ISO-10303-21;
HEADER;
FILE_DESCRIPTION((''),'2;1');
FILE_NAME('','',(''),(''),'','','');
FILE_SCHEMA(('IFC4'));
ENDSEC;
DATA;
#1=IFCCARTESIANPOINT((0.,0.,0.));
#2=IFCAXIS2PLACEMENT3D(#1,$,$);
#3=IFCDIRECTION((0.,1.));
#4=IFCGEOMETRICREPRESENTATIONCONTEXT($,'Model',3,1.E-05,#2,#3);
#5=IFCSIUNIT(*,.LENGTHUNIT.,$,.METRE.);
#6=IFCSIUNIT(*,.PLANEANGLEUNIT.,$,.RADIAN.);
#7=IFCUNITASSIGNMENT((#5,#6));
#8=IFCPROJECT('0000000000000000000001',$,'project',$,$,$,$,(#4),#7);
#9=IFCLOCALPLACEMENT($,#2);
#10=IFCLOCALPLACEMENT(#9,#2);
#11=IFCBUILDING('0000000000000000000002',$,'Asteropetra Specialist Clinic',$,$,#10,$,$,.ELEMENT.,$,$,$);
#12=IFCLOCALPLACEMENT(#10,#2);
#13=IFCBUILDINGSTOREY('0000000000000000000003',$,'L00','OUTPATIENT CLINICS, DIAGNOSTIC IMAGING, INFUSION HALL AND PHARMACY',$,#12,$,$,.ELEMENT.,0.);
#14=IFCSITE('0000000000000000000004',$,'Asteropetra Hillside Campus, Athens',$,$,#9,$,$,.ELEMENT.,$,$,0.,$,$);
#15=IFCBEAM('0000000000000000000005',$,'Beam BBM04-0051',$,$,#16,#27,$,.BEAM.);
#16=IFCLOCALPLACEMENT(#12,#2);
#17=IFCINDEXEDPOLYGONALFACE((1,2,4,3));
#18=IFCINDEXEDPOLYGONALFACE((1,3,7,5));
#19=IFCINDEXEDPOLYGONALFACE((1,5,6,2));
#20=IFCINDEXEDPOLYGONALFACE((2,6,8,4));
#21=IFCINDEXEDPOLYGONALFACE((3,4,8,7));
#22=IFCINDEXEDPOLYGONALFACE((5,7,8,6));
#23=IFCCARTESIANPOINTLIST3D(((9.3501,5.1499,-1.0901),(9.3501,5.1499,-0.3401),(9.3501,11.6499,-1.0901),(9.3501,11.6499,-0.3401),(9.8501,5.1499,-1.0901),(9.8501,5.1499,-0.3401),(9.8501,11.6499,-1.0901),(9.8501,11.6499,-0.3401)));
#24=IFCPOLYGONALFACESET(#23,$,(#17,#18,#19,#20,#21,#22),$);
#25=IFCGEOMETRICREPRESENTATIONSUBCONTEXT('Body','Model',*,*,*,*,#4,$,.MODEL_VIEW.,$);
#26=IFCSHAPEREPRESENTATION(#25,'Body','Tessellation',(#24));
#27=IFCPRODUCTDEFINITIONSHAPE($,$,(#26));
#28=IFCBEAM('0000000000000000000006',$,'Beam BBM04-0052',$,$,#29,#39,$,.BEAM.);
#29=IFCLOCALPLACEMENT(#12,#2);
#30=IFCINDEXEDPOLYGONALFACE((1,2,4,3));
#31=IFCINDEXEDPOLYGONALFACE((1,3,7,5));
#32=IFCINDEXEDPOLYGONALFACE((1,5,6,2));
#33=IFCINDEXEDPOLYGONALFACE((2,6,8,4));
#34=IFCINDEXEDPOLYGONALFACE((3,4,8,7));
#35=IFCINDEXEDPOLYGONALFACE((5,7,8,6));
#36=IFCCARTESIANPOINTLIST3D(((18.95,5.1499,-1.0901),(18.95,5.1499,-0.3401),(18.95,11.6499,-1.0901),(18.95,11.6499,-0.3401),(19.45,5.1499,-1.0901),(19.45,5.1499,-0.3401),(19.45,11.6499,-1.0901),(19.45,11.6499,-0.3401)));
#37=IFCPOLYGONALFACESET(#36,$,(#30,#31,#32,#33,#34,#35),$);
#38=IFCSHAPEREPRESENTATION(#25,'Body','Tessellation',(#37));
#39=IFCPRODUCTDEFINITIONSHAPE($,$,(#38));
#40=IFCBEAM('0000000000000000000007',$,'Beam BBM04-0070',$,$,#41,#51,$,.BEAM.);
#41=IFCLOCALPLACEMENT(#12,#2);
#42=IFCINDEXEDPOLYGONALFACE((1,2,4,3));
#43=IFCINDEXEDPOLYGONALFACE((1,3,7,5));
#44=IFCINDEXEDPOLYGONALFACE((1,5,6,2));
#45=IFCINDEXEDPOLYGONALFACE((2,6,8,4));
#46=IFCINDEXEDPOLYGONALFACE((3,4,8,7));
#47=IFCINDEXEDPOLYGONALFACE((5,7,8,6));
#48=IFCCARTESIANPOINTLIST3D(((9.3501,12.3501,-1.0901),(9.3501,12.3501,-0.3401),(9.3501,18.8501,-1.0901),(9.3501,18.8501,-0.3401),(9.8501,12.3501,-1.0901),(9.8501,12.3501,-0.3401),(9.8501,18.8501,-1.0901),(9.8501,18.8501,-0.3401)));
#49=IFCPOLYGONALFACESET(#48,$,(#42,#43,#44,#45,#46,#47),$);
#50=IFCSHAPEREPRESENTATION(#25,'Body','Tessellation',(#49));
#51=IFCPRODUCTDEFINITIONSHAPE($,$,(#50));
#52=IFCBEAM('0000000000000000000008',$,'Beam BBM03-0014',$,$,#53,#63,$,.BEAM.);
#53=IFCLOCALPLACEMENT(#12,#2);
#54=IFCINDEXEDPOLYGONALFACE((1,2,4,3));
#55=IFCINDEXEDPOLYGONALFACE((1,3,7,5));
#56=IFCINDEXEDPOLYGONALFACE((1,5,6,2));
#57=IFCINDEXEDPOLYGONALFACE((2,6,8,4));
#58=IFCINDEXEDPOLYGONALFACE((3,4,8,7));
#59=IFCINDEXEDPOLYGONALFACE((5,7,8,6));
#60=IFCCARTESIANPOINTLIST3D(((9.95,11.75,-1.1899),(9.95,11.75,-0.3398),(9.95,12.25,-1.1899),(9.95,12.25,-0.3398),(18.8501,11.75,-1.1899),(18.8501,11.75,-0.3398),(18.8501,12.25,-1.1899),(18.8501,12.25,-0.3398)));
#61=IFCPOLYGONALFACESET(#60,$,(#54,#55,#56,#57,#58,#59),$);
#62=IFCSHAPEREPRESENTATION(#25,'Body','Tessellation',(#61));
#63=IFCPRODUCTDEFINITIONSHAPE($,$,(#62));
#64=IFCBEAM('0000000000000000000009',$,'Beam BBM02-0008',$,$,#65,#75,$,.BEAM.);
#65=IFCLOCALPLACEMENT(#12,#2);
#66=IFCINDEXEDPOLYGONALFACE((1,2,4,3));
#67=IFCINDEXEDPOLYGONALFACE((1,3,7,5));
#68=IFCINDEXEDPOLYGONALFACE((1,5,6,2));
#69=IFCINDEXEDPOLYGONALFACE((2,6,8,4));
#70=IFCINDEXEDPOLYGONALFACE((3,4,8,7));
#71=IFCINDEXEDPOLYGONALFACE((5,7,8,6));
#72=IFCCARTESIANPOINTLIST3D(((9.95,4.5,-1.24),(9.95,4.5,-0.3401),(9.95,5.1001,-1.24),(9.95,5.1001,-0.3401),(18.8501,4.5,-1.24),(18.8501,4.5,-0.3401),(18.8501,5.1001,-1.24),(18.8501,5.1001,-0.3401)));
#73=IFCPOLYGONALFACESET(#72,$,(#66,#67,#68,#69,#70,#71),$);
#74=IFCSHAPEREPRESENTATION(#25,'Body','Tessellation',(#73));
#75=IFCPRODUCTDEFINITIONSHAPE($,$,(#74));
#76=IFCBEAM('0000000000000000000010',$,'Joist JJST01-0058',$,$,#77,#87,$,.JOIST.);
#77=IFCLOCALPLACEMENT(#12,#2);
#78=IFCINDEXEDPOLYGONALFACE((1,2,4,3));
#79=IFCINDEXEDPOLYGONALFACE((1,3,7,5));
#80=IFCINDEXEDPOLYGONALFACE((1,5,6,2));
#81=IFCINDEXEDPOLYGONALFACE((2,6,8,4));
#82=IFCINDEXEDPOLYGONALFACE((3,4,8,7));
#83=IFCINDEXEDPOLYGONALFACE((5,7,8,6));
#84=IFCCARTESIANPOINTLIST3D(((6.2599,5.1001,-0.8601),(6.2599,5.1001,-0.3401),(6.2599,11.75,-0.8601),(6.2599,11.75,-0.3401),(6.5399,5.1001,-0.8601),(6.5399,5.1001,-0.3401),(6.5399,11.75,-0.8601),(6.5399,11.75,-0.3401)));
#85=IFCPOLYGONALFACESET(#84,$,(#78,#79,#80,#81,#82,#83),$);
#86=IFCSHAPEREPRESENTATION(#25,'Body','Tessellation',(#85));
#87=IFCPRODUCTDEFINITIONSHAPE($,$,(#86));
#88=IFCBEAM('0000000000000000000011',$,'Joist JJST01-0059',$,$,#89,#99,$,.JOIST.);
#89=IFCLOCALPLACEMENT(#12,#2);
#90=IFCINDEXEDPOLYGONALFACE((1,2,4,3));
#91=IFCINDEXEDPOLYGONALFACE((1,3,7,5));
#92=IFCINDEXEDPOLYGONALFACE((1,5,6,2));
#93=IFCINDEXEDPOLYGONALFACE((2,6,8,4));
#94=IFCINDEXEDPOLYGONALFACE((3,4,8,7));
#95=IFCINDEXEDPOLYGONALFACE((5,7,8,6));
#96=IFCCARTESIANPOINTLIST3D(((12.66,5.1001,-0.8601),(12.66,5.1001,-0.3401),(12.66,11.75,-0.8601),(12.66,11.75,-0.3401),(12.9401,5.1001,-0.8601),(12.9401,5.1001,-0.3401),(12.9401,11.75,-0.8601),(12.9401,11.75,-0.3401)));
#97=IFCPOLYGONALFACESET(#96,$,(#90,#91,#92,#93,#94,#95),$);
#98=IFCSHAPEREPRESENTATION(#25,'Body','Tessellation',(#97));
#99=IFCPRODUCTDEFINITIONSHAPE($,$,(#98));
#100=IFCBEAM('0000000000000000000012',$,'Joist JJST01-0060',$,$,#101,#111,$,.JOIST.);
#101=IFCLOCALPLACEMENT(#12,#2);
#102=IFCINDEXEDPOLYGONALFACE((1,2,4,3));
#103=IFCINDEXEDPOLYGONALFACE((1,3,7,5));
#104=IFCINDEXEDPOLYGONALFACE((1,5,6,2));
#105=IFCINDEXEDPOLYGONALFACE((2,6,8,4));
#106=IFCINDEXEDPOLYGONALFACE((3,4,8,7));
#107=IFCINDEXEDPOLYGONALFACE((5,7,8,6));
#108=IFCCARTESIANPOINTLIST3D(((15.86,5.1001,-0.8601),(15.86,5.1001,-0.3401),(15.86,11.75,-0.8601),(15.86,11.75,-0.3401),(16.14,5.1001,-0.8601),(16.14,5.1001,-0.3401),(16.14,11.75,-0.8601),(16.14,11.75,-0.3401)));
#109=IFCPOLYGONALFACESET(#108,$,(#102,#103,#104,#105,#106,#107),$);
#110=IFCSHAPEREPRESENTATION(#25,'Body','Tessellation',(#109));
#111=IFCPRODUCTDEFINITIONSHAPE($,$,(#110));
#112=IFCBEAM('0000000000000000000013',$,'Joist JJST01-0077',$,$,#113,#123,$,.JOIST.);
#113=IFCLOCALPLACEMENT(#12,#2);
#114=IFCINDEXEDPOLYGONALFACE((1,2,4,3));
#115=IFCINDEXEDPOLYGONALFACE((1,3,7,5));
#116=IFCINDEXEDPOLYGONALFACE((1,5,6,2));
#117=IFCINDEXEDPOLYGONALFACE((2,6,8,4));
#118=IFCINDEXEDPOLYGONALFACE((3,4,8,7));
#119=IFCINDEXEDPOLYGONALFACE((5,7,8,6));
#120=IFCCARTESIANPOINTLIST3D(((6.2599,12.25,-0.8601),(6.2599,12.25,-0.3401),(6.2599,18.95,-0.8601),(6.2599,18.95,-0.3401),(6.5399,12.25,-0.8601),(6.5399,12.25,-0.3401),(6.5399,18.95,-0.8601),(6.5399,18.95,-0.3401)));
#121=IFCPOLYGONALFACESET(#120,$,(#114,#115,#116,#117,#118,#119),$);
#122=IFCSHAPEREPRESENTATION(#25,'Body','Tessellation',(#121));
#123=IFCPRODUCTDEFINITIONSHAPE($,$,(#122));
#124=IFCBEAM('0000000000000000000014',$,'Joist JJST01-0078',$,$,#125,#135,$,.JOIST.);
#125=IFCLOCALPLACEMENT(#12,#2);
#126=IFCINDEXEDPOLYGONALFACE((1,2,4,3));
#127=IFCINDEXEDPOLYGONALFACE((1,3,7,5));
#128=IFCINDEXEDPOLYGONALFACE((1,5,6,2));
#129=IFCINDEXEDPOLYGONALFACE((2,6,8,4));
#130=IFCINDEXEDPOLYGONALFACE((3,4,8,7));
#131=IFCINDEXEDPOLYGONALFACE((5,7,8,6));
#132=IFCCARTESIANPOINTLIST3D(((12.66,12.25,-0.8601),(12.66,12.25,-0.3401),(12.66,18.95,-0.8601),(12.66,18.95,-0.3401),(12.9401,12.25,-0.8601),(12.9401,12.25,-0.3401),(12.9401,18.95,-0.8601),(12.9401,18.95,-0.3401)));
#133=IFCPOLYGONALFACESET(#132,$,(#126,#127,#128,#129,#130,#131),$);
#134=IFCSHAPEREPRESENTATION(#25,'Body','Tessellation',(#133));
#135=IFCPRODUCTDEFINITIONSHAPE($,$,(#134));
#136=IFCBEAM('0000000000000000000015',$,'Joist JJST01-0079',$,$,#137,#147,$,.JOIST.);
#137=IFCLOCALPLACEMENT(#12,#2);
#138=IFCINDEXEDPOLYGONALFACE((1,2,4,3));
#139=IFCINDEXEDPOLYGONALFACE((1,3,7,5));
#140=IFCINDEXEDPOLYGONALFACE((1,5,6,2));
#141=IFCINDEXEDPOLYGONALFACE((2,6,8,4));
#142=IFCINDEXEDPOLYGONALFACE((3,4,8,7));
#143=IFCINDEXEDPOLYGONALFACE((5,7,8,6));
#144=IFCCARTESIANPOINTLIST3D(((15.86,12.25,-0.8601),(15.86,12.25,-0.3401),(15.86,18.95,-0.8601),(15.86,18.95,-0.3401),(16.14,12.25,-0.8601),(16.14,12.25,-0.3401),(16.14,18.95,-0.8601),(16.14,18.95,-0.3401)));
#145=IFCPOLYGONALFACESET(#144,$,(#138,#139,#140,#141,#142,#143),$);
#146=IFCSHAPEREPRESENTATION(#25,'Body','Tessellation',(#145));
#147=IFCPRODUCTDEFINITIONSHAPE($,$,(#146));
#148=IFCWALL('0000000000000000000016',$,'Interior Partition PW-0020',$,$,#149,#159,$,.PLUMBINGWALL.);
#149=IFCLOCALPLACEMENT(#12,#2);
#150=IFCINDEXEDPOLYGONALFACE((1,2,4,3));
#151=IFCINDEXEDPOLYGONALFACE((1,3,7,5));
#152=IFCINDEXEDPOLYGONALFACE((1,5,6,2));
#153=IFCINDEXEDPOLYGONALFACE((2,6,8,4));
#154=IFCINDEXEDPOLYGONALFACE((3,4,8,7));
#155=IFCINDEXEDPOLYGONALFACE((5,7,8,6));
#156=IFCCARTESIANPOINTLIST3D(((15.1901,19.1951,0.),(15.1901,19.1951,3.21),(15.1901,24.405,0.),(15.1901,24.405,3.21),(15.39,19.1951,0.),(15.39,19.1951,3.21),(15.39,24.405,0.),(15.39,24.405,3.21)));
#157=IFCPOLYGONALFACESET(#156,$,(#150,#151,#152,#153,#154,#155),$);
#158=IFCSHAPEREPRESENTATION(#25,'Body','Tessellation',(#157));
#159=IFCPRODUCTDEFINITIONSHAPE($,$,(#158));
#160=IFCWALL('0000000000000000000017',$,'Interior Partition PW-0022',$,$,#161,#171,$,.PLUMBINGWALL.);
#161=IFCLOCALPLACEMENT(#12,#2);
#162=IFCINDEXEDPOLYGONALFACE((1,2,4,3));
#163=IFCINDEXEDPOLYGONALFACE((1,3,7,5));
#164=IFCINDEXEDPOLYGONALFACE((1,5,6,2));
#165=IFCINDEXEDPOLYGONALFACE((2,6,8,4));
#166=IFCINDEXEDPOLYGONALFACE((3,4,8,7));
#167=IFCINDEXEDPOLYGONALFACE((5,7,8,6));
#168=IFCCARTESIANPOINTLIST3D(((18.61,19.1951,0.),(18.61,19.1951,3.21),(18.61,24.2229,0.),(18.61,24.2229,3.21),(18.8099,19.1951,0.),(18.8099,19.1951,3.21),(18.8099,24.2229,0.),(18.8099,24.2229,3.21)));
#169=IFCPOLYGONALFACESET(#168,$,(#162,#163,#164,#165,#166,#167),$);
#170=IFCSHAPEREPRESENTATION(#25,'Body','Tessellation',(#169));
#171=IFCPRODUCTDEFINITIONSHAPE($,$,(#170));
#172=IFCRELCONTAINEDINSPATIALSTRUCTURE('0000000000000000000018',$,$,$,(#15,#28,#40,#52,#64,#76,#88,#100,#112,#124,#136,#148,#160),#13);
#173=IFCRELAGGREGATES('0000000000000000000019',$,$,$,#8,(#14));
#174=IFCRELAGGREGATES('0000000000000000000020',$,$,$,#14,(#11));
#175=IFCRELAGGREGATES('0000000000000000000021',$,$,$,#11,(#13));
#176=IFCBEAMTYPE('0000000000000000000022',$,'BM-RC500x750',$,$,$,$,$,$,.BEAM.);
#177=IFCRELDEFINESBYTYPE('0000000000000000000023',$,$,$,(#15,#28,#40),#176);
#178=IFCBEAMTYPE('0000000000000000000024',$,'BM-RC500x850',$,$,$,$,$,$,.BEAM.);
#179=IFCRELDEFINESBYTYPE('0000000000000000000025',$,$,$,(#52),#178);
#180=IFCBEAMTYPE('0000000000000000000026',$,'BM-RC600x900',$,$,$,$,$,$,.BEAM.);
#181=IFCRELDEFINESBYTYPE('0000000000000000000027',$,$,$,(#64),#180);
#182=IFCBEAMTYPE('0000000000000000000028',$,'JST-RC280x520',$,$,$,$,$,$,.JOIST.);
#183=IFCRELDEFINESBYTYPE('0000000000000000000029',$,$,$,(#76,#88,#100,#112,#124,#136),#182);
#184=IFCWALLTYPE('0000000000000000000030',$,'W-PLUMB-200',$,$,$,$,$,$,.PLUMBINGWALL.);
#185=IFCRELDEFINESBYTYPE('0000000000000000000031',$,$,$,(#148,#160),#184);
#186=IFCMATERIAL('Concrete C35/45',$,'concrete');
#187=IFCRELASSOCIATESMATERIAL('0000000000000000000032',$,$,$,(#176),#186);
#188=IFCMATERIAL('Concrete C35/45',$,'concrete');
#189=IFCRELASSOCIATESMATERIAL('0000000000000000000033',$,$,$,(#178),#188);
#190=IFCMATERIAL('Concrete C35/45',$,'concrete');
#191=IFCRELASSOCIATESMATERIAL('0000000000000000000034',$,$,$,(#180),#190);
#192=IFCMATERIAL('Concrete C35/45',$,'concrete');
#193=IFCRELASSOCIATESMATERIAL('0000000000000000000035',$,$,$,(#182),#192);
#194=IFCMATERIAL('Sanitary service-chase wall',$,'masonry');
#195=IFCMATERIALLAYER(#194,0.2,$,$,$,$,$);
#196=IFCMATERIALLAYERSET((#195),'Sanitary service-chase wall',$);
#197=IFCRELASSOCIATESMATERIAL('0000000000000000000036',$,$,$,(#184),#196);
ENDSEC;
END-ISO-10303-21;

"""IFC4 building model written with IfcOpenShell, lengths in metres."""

from ifc_helpers import new_model, si_unit, direction, frame, frame_2d, origin, origin_2d, place, context, subcontext, project, spatial, rectangle, extrude, material, layer, layer_set, material_profile, profile_set, type_object, element, save


model = new_model("IFC4")

# Units and contexts
model_context = context("Model", 3, precision=1e-05, world=origin(), true_north=direction((0.0, 1.0)))
body_context = subcontext(model_context, "Body", "Model", "MODEL_VIEW")
ifc_project = project(units=[si_unit("LENGTHUNIT", "METRE"), si_unit("PLANEANGLEUNIT", "RADIAN")], contexts=[model_context])

# Site, building, storey
site_placement = place(None, origin())
site = spatial("IfcSite", under=ifc_project, at=site_placement, Name="Asteropetra Hillside Campus, Athens", CompositionType="ELEMENT", RefElevation=0.0)
building_placement = place(site_placement, origin())
building = spatial("IfcBuilding", under=site, at=building_placement, Name="Asteropetra Specialist Clinic", CompositionType="ELEMENT")
storey_placement = place(building_placement, origin())
storey = spatial("IfcBuildingStorey", under=building, at=storey_placement, Name="L00", Description="OUTPATIENT CLINICS, DIAGNOSTIC IMAGING, INFUSION HALL AND PHARMACY", CompositionType="ELEMENT", Elevation=0.0)

# Beams
ifc_material_1 = material(Name="Concrete C35/45", Category="concrete")
ifc_material_profile_1 = material_profile(ifc_material_1, rectangle(XDim=0.5, YDim=0.75, at=origin_2d()), Name="RCB 500x750")
ifc_profile_set_1 = profile_set([ifc_material_profile_1], Name="Concrete C35/45")
beam_type_1 = type_object("IfcBeamType", Name="BM-RC500x750", PredefinedType="BEAM", material=ifc_profile_set_1)
for number, where, z_axis, x_axis, name in (
    (1, (9.6001, 5.1499, -0.7151), (0.0, 1.0, 0.0), (-1.0, 0.0, 0.0), "Beam BBM04-0051"),
    (2, (19.2, 5.1499, -0.7151), (0.0, 1.0, 0.0), (-1.0, 0.0, 0.0), "Beam BBM04-0052"),
    (3, (9.6001, 12.3501, -0.7151), (0.0, 1.0, 0.0), (-1.0, 0.0, 0.0), "Beam BBM04-0070"),
):
    element("IfcBeam", number, at=place(storey_placement, frame(where, z_axis=z_axis, x_axis=x_axis)), inside=storey, type_object=beam_type_1, Name=name, PredefinedType="BEAM", context=body_context, shape_type="SweptSolid", body=[
        extrude(rectangle(XDim=0.5, YDim=0.75, at=origin_2d()), origin(), (0.0, 0.0, 1.0), 6.5),
    ])
ifc_material_2 = material(Name="Concrete C35/45", Category="concrete")
ifc_material_profile_2 = material_profile(ifc_material_2, rectangle(XDim=0.5, YDim=0.8501, at=origin_2d()), Name="RCB 500x850")
ifc_profile_set_2 = profile_set([ifc_material_profile_2], Name="Concrete C35/45")
beam_type_2 = type_object("IfcBeamType", Name="BM-RC500x850", PredefinedType="BEAM", material=ifc_profile_set_2)
beam_1_placement = place(storey_placement, frame((9.95, 12.0, -0.7649), z_axis=(1.0, 0.0, 0.0), x_axis=(0.0, 1.0, 0.0)))
element("IfcBeam", 4, at=beam_1_placement, inside=storey, type_object=beam_type_2, Name="Beam BBM03-0014", PredefinedType="BEAM", context=body_context, shape_type="SweptSolid", body=[
    extrude(rectangle(XDim=0.5, YDim=0.8501, at=origin_2d()), origin(), (0.0, 0.0, 1.0), 8.9001),
])
ifc_material_3 = material(Name="Concrete C35/45", Category="concrete")
ifc_material_profile_3 = material_profile(ifc_material_3, rectangle(XDim=0.6001, YDim=0.8999, at=origin_2d()), Name="RCB 600x900")
ifc_profile_set_3 = profile_set([ifc_material_profile_3], Name="Concrete C35/45")
beam_type_3 = type_object("IfcBeamType", Name="BM-RC600x900", PredefinedType="BEAM", material=ifc_profile_set_3)
beam_2_placement = place(storey_placement, frame((9.95, 4.8, -0.79), z_axis=(1.0, 0.0, 0.0), x_axis=(0.0, 1.0, 0.0)))
element("IfcBeam", 5, at=beam_2_placement, inside=storey, type_object=beam_type_3, Name="Beam BBM02-0008", PredefinedType="BEAM", context=body_context, shape_type="SweptSolid", body=[
    extrude(rectangle(XDim=0.6001, YDim=0.8999, at=origin_2d()), origin(), (0.0, 0.0, 1.0), 8.9001),
])
ifc_material_4 = material(Name="Concrete C35/45", Category="concrete")
ifc_material_profile_4 = material_profile(ifc_material_4, rectangle(XDim=0.28, YDim=0.52, at=origin_2d()), Name="RCJ 280x520")
ifc_profile_set_4 = profile_set([ifc_material_profile_4], Name="Concrete C35/45")
beam_type_4 = type_object("IfcBeamType", Name="JST-RC280x520", PredefinedType="JOIST", material=ifc_profile_set_4)
for number, where, z_axis, x_axis, name in (
    (6, (6.3999, 5.1001, -0.6001), (0.0, 1.0, 0.0), (-1.0, 0.0, 0.0), "Joist JJST01-0058"),
    (7, (12.8, 5.1001, -0.6001), (0.0, 1.0, 0.0), (-1.0, 0.0, 0.0), "Joist JJST01-0059"),
    (8, (16.0, 5.1001, -0.6001), (0.0, 1.0, 0.0), (-1.0, 0.0, 0.0), "Joist JJST01-0060"),
):
    element("IfcBeam", number, at=place(storey_placement, frame(where, z_axis=z_axis, x_axis=x_axis)), inside=storey, type_object=beam_type_4, Name=name, PredefinedType="JOIST", context=body_context, shape_type="SweptSolid", body=[
        extrude(rectangle(XDim=0.28, YDim=0.52, at=origin_2d()), origin(), (0.0, 0.0, 1.0), 6.6499),
    ])
for number, where, z_axis, x_axis, name in (
    (9, (6.3999, 12.25, -0.6001), (0.0, 1.0, 0.0), (-1.0, 0.0, 0.0), "Joist JJST01-0077"),
    (10, (12.8, 12.25, -0.6001), (0.0, 1.0, 0.0), (-1.0, 0.0, 0.0), "Joist JJST01-0078"),
    (11, (16.0, 12.25, -0.6001), (0.0, 1.0, 0.0), (-1.0, 0.0, 0.0), "Joist JJST01-0079"),
):
    element("IfcBeam", number, at=place(storey_placement, frame(where, z_axis=z_axis, x_axis=x_axis)), inside=storey, type_object=beam_type_4, Name=name, PredefinedType="JOIST", context=body_context, shape_type="SweptSolid", body=[
        extrude(rectangle(XDim=0.28, YDim=0.52, at=origin_2d()), origin(), (0.0, 0.0, 1.0), 6.7),
    ])

# Walls
ifc_material_5 = material(Name="Sanitary service-chase wall", Category="masonry")
ifc_layer_1 = layer(ifc_material_5, 0.2)
ifc_layer_set_1 = layer_set([ifc_layer_1], Name="Sanitary service-chase wall")
wall_type_1 = type_object("IfcWallType", Name="W-PLUMB-200", PredefinedType="PLUMBINGWALL", material=ifc_layer_set_1)
wall_1_placement = place(storey_placement, frame((15.29, 19.1951, 0.0), z_axis=(0.0, 0.0, 1.0), x_axis=(0.0, 1.0, 0.0)))
element("IfcWall", 12, at=wall_1_placement, inside=storey, type_object=wall_type_1, Name="Interior Partition PW-0020", PredefinedType="PLUMBINGWALL", context=body_context, shape_type="SweptSolid", body=[
    extrude(rectangle(XDim=5.21, YDim=0.2, at=frame_2d((2.605, 0.0))), origin(), (0.0, 0.0, 1.0), 3.21),
])
wall_2_placement = place(storey_placement, frame((18.71, 19.1951, 0.0), z_axis=(0.0, 0.0, 1.0), x_axis=(0.0, 1.0, 0.0)))
element("IfcWall", 13, at=wall_2_placement, inside=storey, type_object=wall_type_1, Name="Interior Partition PW-0022", PredefinedType="PLUMBINGWALL", context=body_context, shape_type="SweptSolid", body=[
    extrude(rectangle(XDim=5.0278, YDim=0.2, at=frame_2d((2.5139, 0.0))), origin(), (0.0, 0.0, 1.0), 3.21),
])

save(model, "model.ifc")
